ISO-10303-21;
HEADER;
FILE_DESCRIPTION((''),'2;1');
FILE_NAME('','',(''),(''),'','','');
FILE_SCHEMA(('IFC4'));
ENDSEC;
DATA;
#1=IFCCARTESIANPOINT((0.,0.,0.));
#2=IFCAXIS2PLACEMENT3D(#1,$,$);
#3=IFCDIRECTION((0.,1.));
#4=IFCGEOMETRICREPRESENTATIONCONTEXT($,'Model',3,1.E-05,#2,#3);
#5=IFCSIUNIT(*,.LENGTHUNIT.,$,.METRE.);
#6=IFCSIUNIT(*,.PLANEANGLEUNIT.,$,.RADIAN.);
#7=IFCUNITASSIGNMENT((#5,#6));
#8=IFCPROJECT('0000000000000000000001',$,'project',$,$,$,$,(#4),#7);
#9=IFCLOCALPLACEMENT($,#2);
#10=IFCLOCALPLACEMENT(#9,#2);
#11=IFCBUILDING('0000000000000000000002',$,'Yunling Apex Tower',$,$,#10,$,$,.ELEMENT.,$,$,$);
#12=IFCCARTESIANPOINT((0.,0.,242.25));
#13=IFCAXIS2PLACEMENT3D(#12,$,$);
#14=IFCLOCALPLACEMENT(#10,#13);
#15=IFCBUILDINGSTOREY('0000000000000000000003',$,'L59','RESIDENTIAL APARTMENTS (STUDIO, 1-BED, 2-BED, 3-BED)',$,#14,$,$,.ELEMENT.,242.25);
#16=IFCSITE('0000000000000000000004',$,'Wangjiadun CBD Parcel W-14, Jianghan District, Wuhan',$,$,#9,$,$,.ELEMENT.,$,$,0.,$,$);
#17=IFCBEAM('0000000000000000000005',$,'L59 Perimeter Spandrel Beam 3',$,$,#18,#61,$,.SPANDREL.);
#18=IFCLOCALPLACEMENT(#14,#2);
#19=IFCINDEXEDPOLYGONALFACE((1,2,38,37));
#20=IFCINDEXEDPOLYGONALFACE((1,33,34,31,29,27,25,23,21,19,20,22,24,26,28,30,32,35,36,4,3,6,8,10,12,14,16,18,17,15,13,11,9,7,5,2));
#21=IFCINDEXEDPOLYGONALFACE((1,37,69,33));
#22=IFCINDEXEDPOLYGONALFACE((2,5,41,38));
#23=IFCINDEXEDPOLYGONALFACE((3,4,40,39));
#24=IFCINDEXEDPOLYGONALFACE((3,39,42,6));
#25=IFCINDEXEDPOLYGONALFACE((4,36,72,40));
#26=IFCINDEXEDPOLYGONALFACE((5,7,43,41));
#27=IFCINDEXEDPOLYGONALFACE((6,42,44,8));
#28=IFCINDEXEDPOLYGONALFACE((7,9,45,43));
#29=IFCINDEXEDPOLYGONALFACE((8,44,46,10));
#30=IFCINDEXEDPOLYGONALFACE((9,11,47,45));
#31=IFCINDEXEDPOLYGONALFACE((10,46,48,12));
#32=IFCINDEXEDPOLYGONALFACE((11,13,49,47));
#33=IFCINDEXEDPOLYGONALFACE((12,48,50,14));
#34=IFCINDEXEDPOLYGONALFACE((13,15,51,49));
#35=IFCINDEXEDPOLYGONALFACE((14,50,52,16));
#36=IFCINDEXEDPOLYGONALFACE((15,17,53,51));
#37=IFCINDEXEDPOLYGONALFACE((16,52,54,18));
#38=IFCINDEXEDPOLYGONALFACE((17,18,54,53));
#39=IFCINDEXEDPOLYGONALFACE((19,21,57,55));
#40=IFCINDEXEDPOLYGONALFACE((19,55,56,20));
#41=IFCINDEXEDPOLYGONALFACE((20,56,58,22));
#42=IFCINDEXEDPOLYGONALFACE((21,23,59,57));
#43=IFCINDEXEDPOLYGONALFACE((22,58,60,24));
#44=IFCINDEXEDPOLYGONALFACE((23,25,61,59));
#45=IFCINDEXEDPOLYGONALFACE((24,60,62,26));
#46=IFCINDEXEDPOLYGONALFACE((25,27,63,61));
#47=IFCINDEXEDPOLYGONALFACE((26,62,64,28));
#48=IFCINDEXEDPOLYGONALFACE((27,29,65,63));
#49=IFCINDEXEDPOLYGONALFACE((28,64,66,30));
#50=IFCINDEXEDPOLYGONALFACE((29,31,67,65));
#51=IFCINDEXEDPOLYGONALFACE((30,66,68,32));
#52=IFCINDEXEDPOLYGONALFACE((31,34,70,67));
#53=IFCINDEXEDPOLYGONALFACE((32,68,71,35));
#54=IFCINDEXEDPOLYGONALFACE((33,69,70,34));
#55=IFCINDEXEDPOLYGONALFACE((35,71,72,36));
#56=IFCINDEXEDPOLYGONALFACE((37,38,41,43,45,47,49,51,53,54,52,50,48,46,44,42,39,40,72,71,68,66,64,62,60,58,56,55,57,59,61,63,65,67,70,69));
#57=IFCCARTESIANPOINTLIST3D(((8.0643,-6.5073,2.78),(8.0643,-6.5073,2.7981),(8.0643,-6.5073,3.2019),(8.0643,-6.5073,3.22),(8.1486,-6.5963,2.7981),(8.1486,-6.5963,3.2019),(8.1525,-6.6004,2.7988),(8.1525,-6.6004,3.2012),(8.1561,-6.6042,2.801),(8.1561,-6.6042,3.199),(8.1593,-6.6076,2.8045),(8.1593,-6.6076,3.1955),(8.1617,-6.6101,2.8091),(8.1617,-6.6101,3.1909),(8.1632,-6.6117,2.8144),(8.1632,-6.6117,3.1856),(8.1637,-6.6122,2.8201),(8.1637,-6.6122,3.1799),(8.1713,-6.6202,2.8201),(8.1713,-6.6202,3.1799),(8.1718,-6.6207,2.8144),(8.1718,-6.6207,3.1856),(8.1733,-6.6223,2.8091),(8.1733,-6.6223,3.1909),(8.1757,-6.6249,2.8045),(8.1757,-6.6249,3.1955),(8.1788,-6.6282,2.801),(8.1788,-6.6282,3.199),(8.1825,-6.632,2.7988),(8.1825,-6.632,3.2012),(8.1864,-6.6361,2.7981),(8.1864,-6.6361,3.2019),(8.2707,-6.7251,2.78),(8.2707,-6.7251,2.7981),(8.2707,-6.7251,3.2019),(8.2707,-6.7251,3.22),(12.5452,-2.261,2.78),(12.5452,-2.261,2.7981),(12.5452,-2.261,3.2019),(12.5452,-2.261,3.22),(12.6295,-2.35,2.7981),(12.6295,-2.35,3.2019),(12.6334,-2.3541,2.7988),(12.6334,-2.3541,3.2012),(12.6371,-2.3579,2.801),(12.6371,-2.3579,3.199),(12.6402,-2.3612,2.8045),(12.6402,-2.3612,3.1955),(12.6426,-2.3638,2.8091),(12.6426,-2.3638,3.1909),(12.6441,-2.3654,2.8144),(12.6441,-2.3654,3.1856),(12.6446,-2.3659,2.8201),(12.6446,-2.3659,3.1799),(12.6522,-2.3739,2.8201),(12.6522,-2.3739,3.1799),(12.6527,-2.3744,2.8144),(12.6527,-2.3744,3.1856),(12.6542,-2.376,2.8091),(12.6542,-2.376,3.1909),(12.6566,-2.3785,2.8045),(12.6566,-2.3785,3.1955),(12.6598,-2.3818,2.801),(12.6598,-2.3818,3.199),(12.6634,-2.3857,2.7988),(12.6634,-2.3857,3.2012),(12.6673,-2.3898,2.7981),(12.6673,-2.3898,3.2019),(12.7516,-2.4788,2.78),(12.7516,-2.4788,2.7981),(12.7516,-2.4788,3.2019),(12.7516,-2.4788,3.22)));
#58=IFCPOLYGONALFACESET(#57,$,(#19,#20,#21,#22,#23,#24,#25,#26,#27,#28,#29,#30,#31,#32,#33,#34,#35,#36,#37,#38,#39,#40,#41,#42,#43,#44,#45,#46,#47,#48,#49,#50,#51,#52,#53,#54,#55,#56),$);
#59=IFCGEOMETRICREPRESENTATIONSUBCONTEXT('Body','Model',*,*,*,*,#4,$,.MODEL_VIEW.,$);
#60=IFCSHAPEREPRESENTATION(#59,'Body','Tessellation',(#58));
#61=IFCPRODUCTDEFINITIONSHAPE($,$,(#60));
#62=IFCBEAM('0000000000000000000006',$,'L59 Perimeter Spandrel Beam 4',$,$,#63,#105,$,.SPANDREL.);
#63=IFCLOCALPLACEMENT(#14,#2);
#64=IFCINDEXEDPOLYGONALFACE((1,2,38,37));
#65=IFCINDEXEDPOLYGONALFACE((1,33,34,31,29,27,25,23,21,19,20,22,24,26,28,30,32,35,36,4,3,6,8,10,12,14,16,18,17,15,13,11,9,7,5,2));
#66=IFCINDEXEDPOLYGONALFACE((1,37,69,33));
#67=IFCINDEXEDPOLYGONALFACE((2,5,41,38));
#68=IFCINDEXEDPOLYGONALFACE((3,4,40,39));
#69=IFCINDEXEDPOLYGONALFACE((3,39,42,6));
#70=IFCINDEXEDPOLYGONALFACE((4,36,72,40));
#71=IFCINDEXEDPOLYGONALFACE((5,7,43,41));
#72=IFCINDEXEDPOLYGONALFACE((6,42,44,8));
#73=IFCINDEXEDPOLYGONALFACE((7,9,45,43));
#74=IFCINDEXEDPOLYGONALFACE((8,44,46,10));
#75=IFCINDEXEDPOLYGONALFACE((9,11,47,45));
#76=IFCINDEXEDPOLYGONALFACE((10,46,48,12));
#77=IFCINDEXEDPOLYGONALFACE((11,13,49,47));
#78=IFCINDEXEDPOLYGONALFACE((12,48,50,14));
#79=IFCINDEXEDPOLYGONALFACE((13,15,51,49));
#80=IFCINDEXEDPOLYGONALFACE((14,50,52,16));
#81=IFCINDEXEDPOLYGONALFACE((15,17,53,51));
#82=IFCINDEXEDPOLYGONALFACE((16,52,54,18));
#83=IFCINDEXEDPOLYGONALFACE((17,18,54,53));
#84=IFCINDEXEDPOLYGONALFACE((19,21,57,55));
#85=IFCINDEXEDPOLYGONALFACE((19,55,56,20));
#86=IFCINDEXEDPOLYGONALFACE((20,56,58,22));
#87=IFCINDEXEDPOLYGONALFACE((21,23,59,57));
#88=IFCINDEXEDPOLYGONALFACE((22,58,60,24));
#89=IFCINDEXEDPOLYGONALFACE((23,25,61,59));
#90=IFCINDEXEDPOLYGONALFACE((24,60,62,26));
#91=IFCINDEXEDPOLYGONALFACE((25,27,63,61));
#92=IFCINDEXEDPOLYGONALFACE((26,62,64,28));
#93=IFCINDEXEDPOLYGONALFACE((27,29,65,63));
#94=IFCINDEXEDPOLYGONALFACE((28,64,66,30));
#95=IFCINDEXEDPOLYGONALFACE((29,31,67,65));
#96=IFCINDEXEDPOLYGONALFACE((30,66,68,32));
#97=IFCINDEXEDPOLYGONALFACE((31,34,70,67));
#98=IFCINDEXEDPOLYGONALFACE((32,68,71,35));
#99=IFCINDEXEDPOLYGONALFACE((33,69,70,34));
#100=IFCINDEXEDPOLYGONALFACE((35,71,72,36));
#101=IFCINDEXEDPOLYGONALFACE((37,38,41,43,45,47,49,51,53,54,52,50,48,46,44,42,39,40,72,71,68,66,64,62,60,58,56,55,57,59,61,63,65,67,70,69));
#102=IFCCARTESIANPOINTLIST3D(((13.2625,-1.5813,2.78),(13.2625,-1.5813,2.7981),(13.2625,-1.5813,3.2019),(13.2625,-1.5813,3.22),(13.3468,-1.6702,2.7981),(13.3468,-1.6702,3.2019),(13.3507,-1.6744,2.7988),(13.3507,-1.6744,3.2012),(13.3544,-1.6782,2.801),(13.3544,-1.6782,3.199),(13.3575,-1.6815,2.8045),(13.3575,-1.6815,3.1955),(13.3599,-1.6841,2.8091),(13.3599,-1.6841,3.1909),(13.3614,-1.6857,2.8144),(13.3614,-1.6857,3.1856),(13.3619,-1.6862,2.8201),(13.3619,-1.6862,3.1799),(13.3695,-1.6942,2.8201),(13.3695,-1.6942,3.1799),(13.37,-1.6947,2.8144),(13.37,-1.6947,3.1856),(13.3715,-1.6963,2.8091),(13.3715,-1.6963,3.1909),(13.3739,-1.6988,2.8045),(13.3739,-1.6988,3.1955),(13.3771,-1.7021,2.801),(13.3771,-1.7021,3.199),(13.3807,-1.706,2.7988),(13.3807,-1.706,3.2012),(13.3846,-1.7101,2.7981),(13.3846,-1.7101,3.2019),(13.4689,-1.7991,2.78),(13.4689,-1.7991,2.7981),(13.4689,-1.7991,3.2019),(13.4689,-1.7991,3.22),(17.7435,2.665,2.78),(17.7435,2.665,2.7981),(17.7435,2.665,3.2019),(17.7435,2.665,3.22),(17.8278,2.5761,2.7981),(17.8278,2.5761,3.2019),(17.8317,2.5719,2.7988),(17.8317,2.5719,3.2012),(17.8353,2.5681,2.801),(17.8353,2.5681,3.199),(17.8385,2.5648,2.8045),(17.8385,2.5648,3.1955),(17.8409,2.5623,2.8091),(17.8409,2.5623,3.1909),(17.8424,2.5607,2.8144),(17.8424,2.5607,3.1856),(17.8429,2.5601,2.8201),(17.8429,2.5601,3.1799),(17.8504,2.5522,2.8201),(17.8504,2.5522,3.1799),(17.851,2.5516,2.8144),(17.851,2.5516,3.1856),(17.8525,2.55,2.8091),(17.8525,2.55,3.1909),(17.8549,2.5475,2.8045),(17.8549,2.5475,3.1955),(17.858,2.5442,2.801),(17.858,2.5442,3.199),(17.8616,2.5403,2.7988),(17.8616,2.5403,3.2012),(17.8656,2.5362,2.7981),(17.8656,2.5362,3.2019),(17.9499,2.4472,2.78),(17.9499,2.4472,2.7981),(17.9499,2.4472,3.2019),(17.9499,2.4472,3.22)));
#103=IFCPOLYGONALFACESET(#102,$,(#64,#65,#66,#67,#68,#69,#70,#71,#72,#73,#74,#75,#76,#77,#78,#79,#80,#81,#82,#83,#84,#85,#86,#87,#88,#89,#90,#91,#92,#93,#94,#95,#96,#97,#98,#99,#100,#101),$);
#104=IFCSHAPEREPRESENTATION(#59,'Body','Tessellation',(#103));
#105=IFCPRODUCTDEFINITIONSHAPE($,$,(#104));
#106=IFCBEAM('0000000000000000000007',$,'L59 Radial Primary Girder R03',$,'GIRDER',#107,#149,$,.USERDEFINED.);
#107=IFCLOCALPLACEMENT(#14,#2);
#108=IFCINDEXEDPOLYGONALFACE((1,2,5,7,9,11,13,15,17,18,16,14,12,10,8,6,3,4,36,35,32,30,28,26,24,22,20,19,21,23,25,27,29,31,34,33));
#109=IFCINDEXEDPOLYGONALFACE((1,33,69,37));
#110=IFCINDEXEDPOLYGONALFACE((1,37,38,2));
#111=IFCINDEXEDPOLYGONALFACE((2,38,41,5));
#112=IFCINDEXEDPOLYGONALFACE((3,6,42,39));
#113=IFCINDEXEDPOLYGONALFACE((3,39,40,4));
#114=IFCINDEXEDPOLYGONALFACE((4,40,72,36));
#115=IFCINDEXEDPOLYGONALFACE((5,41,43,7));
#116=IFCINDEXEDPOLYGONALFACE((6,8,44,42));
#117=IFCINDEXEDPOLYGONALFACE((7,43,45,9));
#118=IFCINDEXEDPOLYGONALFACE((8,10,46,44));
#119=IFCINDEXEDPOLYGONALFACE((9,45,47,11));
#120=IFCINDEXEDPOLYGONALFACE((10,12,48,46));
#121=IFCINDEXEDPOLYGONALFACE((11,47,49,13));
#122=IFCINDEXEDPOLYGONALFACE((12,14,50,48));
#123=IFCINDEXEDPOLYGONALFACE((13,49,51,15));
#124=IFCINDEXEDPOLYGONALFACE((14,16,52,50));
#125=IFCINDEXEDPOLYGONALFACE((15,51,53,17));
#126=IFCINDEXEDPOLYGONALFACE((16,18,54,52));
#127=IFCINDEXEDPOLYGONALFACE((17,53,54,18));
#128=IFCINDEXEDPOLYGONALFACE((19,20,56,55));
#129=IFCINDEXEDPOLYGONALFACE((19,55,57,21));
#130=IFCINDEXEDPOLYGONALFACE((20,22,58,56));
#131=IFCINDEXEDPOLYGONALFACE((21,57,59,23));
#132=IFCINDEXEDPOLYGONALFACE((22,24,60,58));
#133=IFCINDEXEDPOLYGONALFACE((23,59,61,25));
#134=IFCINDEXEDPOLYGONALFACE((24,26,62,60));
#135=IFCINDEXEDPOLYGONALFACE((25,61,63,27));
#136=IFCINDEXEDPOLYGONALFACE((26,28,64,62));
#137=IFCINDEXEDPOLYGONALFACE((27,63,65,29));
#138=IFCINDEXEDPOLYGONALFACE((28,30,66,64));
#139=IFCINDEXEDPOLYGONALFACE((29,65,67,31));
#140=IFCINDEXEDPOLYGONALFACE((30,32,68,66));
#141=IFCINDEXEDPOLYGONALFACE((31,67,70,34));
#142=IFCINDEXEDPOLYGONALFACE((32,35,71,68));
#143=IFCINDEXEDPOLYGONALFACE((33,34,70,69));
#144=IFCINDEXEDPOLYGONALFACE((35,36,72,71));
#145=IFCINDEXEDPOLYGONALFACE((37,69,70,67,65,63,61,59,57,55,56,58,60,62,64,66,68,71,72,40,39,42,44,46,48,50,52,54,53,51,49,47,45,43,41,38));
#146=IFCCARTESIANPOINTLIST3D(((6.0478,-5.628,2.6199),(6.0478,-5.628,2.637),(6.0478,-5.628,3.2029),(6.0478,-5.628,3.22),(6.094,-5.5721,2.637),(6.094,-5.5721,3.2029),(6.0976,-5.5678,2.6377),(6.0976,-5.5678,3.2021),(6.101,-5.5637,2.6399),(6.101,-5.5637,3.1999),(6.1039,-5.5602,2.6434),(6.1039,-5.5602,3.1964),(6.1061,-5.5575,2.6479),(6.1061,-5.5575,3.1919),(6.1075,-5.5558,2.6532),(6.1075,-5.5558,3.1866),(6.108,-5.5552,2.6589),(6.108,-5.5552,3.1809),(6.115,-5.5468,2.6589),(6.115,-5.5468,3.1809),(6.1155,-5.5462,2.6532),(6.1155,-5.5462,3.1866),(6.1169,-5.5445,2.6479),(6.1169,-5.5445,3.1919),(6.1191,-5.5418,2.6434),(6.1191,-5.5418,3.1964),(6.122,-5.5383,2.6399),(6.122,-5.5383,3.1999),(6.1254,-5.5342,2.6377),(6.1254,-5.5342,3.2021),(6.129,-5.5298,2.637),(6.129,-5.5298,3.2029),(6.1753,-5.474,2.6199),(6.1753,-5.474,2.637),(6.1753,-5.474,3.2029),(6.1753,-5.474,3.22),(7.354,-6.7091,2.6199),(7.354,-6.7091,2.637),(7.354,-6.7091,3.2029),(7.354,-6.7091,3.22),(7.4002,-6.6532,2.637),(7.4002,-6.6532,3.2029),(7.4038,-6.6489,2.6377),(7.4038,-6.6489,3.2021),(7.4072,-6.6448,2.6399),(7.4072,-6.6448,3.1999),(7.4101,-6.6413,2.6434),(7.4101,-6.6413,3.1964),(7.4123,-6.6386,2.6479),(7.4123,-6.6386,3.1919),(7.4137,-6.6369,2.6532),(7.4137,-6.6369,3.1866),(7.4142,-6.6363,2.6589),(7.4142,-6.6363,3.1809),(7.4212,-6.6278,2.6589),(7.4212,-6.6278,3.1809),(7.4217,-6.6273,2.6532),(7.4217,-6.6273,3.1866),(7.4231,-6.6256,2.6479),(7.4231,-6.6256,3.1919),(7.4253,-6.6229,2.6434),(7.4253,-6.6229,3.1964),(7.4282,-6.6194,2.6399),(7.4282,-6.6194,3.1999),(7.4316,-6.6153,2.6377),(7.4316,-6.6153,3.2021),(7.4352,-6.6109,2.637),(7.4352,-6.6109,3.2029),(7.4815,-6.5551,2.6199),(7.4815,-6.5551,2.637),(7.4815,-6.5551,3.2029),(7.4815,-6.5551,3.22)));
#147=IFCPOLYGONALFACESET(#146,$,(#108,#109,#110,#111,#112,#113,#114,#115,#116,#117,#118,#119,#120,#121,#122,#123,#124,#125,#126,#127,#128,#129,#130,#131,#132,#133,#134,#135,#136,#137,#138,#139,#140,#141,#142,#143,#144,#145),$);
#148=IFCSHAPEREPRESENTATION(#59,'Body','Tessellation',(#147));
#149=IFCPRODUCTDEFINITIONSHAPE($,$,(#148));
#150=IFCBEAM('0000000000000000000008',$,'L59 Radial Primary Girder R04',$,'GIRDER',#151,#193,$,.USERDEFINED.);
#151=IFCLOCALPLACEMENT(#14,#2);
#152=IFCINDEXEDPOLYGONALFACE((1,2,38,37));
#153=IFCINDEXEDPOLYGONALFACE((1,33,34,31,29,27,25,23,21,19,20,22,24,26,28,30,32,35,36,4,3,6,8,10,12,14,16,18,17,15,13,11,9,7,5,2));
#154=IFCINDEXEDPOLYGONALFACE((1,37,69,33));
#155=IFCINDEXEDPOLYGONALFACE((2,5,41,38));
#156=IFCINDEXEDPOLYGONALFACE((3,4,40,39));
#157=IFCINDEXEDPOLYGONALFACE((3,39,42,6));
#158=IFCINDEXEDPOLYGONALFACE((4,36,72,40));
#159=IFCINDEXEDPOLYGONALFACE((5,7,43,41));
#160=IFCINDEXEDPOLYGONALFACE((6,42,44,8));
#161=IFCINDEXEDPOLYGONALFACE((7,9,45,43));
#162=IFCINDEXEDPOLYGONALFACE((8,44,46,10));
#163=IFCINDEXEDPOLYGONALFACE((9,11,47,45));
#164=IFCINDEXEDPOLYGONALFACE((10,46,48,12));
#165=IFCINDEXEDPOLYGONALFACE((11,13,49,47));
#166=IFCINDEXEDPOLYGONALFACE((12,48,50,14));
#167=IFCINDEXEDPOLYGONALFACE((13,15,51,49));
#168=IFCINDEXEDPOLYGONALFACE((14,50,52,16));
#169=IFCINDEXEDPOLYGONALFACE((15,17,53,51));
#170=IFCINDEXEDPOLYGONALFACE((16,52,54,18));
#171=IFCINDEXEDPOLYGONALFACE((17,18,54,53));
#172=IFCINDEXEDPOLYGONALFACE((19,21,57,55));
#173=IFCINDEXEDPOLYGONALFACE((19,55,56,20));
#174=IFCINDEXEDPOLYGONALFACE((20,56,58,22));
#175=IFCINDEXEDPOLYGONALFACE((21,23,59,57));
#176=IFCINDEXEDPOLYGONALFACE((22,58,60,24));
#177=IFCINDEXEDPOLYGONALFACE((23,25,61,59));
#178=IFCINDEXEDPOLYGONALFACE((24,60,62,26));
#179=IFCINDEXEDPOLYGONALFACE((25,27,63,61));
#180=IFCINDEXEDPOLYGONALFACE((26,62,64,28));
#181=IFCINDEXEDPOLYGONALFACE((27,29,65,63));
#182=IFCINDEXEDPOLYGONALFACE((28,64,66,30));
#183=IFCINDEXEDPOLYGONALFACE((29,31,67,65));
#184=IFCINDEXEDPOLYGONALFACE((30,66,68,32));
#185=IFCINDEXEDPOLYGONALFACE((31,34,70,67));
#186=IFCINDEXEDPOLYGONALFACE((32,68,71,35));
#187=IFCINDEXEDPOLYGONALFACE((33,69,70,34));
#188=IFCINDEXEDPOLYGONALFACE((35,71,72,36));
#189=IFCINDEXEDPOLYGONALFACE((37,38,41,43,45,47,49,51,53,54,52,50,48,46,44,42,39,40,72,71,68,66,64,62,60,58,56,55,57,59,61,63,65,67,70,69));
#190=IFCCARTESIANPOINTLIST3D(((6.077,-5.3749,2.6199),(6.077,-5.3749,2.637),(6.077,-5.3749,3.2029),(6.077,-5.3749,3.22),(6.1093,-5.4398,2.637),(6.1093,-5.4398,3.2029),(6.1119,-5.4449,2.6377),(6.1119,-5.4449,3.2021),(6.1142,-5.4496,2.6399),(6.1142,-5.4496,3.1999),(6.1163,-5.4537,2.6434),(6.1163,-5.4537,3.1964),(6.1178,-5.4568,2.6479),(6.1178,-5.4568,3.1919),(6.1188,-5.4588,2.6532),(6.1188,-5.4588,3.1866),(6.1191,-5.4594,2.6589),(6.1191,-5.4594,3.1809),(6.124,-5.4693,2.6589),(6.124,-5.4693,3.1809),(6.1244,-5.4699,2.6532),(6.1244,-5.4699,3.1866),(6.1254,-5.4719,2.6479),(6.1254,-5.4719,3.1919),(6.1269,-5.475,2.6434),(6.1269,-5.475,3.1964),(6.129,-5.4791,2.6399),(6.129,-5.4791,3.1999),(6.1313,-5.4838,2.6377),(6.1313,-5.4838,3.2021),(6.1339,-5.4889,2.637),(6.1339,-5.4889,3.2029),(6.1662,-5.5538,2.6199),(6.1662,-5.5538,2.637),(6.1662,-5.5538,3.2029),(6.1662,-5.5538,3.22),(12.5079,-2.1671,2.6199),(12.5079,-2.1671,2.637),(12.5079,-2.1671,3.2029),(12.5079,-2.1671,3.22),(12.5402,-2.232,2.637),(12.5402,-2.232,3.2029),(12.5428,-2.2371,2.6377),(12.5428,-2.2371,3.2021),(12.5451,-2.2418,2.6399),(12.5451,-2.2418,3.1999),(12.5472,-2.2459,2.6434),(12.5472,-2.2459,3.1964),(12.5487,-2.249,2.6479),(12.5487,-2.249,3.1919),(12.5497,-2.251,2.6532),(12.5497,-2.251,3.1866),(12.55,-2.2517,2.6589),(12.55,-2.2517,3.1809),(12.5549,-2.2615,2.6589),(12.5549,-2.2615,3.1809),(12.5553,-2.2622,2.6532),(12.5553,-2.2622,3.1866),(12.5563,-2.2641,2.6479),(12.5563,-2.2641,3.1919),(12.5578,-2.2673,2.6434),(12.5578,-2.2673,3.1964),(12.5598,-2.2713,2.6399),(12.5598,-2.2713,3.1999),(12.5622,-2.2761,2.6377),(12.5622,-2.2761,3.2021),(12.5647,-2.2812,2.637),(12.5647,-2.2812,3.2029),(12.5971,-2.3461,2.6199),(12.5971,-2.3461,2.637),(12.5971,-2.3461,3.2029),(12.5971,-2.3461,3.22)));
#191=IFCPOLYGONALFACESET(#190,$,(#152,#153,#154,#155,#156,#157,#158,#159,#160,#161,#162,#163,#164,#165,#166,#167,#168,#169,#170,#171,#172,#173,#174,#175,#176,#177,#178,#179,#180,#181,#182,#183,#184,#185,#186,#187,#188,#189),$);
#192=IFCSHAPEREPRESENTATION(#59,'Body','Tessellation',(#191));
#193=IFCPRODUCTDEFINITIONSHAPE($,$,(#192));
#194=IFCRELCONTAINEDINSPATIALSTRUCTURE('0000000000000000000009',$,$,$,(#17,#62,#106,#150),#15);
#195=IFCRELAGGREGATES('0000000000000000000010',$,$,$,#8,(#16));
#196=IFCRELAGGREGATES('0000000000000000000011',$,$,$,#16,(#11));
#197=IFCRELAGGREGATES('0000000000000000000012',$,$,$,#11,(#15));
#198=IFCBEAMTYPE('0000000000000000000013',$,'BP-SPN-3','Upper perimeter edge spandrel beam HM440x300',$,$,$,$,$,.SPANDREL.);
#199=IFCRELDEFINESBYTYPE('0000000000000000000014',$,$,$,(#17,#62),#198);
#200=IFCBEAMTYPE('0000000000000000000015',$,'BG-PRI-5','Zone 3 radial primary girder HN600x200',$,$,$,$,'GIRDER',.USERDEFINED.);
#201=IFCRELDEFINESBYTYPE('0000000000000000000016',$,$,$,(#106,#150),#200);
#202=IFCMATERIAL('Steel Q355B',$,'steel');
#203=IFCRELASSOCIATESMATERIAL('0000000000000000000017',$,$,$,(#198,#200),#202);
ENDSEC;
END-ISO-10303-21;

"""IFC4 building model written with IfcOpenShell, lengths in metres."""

from ifc_helpers import new_model, si_unit, direction, frame, origin, origin_2d, place, context, subcontext, project, spatial, i_section, extrude, source, transform, mapped, material, material_profile, profile_set, type_object, element, save


model = new_model("IFC4")

# Units and contexts
model_context = context("Model", 3, precision=1e-05, world=origin(), true_north=direction((0.0, 1.0)))
body_context = subcontext(model_context, "Body", "Model", "MODEL_VIEW")
ifc_project = project(units=[si_unit("LENGTHUNIT", "METRE"), si_unit("PLANEANGLEUNIT", "RADIAN")], contexts=[model_context])

# Site, building, storey
site_placement = place(None, origin())
site = spatial("IfcSite", under=ifc_project, at=site_placement, Name="Wangjiadun CBD Parcel W-14, Jianghan District, Wuhan", CompositionType="ELEMENT", RefElevation=0.0)
building_placement = place(site_placement, origin())
building = spatial("IfcBuilding", under=site, at=building_placement, Name="Yunling Apex Tower", CompositionType="ELEMENT")
storey_placement = place(building_placement, frame((0.0, 0.0, 242.25)))
storey = spatial("IfcBuildingStorey", under=building, at=storey_placement, Name="L59", Description="RESIDENTIAL APARTMENTS (STUDIO, 1-BED, 2-BED, 3-BED)", CompositionType="ELEMENT", Elevation=242.25)

# Beams
ifc_material_1 = material(Name="Steel Q355B", Category="steel")
ifc_material_profile_1 = material_profile(ifc_material_1, i_section(OverallWidth=0.3, OverallDepth=0.4399, WebThickness=0.011, FlangeThickness=0.0181, FilletRadius=0.022, at=origin_2d()))
ifc_profile_set_1 = profile_set([ifc_material_profile_1], Name="Steel Q355B")
beam_type_1 = type_object("IfcBeamType", Name="BP-SPN-3", Description="Upper perimeter edge spandrel beam HM440x300", PredefinedType="SPANDREL", material=ifc_profile_set_1)
shared_shape_1 = source(origin(), body_context, "Body", "SweptSolid", [
    extrude(i_section(OverallWidth=0.3, OverallDepth=0.4399, WebThickness=0.011, FlangeThickness=0.0181, FilletRadius=0.022, at=origin_2d()), origin(), (0.0, 0.0, 1.0), 6.1733),
])
for number, where, z_axis, x_axis, name in (
    (1, (8.1675, -6.6162, 3.0), (0.725854, 0.687849, 0.0), (-0.687849, 0.725854, 0.0), "L59 Perimeter Spandrel Beam 3"),
    (2, (13.3657, -1.6902, 3.0), (0.725854, 0.687849, 0.0), (-0.687849, 0.725854, 0.0), "L59 Perimeter Spandrel Beam 4"),
):
    element("IfcBeam", number, at=place(storey_placement, frame(where, z_axis=z_axis, x_axis=x_axis)), inside=storey, type_object=beam_type_1, Name=name, PredefinedType="SPANDREL", context=body_context, shape_type="MappedRepresentation", body=[
        mapped(shared_shape_1, transform((0.0, 0.0, 0.0), scale=1.0)),
    ])
ifc_material_profile_2 = material_profile(ifc_material_1, i_section(OverallWidth=0.2, OverallDepth=0.6001, WebThickness=0.011, FlangeThickness=0.0171, FilletRadius=0.022, at=origin_2d()))
ifc_profile_set_2 = profile_set([ifc_material_profile_2], Name="Steel Q355B")
beam_type_2 = type_object("IfcBeamType", Name="BG-PRI-5", Description="Zone 3 radial primary girder HN600x200", ElementType="GIRDER", PredefinedType="USERDEFINED", material=ifc_profile_set_2)
shared_shape_2 = source(origin(), body_context, "Body", "SweptSolid", [
    extrude(i_section(OverallWidth=0.2, OverallDepth=0.6001, WebThickness=0.011, FlangeThickness=0.0171, FilletRadius=0.022, at=origin_2d()), origin(), (0.0, 0.0, 1.0), 1.6956),
])
beam_1_placement = place(storey_placement, frame((7.4177, -6.6321, 2.9199), z_axis=(-0.770365, 0.637603, 0.0), x_axis=(-0.637603, -0.770365, 0.0)))
element("IfcBeam", 3, at=beam_1_placement, inside=storey, type_object=beam_type_2, Name="L59 Radial Primary Girder R03", ObjectType="GIRDER", PredefinedType="USERDEFINED", context=body_context, shape_type="MappedRepresentation", body=[
    mapped(shared_shape_2, transform((0.0, 0.0, 0.0), scale=1.0)),
])
shared_shape_3 = source(origin(), body_context, "Body", "SweptSolid", [
    extrude(i_section(OverallWidth=0.2, OverallDepth=0.6001, WebThickness=0.011, FlangeThickness=0.0171, FilletRadius=0.022, at=origin_2d()), origin(), (0.0, 0.0, 1.0), 7.1865),
])
beam_2_placement = place(storey_placement, frame((12.5525, -2.2566, 2.9199), z_axis=(-0.894855, -0.446357, 0.0), x_axis=(0.446357, -0.894855, 0.0)))
element("IfcBeam", 4, at=beam_2_placement, inside=storey, type_object=beam_type_2, Name="L59 Radial Primary Girder R04", ObjectType="GIRDER", PredefinedType="USERDEFINED", context=body_context, shape_type="MappedRepresentation", body=[
    mapped(shared_shape_3, transform((0.0, 0.0, 0.0), scale=1.0)),
])

save(model, "model.ifc")
